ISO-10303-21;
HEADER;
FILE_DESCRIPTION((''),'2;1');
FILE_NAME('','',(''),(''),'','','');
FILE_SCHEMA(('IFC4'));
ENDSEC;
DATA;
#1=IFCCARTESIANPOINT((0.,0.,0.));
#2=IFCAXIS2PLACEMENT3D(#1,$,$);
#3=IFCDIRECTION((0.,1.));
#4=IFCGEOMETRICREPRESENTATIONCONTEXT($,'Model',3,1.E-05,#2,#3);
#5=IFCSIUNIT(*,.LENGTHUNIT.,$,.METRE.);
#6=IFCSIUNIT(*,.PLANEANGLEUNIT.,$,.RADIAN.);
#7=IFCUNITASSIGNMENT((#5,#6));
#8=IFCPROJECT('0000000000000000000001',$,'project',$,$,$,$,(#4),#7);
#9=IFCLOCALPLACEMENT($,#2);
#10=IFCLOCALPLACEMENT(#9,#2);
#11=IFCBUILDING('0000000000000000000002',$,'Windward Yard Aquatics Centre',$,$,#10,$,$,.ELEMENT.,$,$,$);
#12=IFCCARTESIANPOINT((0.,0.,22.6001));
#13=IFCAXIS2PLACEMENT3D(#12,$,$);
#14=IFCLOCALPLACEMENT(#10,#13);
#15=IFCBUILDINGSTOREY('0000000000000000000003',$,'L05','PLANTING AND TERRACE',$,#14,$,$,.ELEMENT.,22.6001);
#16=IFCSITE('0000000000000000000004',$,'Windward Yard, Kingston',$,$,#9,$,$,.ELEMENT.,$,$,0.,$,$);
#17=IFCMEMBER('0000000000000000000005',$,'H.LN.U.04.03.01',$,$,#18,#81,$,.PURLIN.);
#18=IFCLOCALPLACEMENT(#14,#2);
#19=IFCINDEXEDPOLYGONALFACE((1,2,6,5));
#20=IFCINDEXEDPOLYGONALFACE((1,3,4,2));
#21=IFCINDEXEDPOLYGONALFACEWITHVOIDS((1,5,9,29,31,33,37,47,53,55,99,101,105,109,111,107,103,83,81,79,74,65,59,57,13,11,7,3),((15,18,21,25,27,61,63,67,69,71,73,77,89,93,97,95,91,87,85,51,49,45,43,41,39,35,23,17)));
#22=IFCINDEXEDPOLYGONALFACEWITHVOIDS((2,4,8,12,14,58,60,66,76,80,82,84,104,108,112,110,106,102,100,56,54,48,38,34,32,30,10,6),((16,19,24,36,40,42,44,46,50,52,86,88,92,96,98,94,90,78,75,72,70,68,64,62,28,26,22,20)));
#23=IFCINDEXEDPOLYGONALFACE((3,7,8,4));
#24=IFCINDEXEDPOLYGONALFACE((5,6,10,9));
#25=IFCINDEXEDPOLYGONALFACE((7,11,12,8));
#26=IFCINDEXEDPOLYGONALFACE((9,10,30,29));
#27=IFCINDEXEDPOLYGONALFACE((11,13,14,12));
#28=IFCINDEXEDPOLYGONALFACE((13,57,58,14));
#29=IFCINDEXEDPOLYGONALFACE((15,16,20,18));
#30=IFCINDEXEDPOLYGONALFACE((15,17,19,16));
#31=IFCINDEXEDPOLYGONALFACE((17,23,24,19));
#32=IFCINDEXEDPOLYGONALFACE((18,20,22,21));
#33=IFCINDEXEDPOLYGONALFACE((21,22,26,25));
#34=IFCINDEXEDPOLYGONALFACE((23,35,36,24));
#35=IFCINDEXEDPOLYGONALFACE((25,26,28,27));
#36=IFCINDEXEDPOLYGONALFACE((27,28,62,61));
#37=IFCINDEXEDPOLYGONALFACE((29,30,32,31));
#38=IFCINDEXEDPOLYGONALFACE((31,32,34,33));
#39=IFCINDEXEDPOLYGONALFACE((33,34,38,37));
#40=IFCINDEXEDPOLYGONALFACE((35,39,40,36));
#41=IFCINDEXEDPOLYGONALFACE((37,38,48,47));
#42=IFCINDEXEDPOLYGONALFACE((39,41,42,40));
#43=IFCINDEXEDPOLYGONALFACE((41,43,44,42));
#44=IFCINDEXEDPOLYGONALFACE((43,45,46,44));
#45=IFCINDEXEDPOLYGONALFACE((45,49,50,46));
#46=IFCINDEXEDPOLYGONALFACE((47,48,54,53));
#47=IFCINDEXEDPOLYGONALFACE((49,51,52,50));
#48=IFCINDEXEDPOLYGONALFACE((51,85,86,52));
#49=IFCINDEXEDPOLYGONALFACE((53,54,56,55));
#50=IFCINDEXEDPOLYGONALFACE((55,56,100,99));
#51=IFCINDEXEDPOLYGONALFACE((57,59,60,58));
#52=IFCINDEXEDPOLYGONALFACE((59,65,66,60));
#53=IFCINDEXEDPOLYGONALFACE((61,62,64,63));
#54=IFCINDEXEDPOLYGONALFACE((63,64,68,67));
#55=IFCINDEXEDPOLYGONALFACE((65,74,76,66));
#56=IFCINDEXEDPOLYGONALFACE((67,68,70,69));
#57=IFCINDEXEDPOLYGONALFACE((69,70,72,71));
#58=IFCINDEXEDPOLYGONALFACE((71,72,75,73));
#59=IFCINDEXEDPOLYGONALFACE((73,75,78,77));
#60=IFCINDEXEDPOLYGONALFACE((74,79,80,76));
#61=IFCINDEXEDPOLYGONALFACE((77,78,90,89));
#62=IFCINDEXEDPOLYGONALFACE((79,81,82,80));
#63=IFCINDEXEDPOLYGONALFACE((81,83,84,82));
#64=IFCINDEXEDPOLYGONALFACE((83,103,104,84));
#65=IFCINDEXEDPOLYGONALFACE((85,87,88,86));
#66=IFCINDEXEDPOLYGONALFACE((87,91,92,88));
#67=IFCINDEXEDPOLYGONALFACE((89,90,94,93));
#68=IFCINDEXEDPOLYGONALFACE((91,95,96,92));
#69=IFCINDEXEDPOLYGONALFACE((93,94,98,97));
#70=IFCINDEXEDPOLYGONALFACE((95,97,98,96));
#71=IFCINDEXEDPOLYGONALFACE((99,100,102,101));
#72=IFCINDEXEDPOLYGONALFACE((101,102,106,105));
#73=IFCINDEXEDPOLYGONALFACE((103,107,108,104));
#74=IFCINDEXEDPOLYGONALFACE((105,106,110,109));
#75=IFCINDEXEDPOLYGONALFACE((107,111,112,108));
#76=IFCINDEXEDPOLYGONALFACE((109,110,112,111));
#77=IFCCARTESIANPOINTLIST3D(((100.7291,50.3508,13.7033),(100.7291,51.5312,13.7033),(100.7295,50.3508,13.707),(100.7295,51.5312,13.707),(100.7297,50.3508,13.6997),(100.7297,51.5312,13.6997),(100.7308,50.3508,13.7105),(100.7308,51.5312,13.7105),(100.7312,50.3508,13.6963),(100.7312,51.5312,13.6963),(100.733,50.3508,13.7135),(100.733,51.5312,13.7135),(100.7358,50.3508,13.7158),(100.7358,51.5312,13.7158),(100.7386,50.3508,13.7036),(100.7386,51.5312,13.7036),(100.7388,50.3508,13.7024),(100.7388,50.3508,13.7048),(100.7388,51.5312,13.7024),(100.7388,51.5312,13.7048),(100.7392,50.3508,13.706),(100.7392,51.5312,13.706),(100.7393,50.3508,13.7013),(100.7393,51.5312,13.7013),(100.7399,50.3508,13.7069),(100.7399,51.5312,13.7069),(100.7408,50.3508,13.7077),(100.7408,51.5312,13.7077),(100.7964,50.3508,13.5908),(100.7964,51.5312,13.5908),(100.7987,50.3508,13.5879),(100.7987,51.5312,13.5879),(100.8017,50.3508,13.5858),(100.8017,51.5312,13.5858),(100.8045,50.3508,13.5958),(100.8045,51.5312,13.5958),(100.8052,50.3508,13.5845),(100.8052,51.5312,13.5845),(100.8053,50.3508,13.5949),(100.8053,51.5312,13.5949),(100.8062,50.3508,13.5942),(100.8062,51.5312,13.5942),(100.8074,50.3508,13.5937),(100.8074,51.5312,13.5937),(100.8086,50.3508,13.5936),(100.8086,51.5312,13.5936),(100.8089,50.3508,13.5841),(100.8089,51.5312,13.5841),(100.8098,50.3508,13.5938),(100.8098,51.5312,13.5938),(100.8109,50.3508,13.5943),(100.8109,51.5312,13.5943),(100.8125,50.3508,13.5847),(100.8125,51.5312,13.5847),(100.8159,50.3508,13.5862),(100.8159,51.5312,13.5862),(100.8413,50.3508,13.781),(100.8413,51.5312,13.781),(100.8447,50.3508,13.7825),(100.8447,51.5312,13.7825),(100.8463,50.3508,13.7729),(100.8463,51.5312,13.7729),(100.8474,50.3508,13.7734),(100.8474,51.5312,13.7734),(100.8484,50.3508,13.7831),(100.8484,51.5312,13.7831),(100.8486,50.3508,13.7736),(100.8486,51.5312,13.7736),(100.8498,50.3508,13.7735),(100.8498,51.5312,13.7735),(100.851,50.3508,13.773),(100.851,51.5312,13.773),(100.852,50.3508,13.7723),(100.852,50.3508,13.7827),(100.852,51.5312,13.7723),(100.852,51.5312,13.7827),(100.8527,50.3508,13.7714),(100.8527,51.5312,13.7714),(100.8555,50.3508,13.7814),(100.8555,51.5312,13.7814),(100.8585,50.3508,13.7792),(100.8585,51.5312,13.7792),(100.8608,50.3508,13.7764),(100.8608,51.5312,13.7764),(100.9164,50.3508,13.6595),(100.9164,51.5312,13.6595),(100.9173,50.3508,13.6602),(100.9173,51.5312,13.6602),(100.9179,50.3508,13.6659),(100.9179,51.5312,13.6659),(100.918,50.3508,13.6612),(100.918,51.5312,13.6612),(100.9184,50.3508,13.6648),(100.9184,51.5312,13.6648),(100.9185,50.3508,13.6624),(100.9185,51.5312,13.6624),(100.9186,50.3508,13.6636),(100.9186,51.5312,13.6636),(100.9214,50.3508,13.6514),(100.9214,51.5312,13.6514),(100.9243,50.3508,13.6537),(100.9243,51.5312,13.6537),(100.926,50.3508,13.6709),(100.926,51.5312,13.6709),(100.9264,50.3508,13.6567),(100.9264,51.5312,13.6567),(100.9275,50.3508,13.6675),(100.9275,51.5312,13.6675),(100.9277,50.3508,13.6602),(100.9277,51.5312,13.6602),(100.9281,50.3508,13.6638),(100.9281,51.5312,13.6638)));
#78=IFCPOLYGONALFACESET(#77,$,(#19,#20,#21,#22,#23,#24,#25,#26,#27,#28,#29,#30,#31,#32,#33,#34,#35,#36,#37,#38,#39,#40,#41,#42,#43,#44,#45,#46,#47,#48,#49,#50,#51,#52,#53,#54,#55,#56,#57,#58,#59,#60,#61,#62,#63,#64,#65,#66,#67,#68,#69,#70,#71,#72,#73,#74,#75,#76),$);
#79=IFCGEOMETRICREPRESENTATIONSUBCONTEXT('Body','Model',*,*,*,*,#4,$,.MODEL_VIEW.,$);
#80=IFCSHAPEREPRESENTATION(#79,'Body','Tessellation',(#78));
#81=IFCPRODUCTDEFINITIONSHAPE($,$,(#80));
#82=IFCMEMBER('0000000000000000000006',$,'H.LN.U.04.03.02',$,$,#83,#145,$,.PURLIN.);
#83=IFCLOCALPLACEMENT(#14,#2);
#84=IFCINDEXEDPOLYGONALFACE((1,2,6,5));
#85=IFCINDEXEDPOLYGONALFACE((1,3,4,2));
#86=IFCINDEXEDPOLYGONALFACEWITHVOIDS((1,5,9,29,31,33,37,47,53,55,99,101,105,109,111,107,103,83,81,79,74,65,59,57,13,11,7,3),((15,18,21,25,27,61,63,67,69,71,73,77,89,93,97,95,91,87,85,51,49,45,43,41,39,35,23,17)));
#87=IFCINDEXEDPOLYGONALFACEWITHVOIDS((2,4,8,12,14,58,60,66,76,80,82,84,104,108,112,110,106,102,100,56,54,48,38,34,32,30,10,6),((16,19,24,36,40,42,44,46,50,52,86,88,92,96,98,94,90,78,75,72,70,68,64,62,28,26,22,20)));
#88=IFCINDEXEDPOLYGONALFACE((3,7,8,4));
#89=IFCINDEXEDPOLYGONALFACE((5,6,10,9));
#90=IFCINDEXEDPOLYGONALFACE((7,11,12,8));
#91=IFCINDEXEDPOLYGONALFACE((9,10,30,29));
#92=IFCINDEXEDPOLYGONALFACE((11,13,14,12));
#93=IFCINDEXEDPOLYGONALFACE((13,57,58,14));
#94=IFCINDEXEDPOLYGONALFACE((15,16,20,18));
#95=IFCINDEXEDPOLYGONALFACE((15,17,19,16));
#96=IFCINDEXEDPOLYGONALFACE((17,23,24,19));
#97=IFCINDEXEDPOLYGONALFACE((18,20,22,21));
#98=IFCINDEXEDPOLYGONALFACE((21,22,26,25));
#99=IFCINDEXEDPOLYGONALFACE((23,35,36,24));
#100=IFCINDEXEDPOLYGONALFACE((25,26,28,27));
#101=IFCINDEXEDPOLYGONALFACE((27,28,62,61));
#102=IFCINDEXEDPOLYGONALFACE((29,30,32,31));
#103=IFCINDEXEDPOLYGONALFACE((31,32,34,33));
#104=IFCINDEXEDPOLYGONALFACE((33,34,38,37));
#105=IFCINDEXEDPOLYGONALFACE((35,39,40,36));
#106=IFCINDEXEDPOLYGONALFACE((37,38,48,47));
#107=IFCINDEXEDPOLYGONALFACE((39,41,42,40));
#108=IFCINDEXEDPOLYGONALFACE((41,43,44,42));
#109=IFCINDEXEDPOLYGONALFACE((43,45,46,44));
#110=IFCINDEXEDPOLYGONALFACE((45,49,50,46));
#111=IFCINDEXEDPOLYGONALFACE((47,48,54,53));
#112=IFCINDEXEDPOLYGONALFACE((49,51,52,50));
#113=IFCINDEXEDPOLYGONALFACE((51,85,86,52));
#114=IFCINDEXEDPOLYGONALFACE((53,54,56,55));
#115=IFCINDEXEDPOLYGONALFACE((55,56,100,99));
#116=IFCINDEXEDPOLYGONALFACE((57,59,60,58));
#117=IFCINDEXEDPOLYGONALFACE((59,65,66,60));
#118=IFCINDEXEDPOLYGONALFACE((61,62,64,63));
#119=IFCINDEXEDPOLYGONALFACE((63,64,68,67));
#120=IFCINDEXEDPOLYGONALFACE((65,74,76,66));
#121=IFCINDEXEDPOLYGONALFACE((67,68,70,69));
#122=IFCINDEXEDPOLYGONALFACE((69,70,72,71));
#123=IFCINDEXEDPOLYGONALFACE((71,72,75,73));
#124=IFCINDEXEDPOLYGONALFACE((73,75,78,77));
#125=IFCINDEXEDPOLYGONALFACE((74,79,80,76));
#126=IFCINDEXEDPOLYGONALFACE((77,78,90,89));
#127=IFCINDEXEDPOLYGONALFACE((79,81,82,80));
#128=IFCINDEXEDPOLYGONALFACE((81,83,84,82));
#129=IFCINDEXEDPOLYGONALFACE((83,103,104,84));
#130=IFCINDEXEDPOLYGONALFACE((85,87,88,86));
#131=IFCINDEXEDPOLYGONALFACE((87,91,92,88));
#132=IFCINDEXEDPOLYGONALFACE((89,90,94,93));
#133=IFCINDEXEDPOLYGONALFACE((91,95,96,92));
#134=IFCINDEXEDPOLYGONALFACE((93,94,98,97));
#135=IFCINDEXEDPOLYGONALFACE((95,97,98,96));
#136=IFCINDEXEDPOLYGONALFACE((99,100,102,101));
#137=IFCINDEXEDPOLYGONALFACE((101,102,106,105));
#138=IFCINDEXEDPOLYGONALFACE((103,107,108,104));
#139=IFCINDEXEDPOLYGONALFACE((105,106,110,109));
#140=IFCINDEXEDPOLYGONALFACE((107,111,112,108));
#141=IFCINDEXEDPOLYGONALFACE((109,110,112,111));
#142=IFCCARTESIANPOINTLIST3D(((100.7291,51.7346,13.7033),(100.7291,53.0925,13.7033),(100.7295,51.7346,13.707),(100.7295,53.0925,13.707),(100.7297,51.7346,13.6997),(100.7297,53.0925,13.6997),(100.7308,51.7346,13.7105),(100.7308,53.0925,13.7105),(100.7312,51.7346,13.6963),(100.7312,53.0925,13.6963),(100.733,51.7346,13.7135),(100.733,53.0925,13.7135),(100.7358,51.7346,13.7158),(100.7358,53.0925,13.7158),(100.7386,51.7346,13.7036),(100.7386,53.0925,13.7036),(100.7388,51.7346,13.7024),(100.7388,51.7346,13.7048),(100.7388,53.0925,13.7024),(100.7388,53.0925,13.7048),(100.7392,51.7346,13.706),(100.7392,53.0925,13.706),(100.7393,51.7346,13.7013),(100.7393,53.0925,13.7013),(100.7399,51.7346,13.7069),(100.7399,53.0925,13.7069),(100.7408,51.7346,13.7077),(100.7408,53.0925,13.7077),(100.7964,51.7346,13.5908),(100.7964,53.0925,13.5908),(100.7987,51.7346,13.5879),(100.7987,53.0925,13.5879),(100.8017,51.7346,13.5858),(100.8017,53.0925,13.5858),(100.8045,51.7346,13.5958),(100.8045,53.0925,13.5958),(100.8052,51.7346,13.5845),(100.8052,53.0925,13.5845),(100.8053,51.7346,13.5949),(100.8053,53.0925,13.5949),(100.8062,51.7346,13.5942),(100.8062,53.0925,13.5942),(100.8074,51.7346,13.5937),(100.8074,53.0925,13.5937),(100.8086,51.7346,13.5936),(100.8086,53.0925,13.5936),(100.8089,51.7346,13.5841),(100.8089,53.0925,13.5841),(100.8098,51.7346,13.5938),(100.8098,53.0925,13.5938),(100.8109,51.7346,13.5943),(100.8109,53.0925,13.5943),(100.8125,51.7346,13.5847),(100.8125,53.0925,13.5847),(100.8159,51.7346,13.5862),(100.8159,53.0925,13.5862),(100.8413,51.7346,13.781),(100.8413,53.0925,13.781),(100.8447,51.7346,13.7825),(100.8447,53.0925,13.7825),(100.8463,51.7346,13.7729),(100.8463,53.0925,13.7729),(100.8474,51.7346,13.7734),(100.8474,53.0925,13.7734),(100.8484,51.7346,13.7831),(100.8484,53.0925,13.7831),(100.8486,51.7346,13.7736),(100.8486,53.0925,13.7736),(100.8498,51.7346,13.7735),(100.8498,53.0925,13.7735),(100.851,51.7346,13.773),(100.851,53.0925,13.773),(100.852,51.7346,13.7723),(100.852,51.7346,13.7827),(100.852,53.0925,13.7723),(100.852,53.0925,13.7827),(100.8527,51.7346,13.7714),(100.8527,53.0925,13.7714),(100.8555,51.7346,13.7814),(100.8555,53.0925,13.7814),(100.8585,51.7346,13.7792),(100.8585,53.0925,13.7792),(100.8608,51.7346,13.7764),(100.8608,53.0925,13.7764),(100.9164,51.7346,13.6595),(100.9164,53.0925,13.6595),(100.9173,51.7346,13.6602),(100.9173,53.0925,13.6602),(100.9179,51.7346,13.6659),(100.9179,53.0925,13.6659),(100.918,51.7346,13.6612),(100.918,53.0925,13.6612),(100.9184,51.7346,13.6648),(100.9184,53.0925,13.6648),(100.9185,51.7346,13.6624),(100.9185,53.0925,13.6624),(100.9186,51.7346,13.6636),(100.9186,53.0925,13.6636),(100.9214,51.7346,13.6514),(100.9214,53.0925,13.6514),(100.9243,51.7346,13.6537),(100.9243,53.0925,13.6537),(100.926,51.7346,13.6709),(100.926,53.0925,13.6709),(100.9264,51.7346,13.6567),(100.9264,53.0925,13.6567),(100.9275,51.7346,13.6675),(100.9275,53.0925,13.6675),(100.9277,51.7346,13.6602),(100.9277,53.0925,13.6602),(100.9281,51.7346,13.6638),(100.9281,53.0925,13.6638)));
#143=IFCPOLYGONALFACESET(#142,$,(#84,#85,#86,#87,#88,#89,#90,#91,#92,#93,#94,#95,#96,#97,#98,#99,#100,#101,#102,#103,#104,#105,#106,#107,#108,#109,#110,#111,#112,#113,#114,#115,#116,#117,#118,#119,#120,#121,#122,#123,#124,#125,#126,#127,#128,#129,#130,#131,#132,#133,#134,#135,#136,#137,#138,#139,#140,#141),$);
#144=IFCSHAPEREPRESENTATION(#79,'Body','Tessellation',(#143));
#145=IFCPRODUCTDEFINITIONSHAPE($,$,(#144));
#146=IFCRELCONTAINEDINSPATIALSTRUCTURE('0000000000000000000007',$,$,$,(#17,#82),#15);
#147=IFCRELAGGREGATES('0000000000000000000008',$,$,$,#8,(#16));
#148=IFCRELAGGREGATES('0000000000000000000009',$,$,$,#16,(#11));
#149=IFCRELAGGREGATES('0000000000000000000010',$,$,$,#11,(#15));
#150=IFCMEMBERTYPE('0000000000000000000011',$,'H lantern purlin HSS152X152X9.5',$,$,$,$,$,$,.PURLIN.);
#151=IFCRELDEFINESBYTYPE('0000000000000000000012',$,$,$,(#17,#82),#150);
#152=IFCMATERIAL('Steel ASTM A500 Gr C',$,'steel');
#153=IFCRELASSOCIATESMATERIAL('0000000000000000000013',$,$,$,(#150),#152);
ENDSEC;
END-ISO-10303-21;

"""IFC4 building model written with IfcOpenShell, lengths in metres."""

from ifc_helpers import new_model, si_unit, direction, frame, origin, origin_2d, place, context, subcontext, project, spatial, hollow_rectangle, extrude, material, material_profile, profile_set, type_object, element, save


model = new_model("IFC4")

# Units and contexts
model_context = context("Model", 3, precision=1e-05, world=origin(), true_north=direction((0.0, 1.0)))
body_context = subcontext(model_context, "Body", "Model", "MODEL_VIEW")
ifc_project = project(units=[si_unit("LENGTHUNIT", "METRE"), si_unit("PLANEANGLEUNIT", "RADIAN")], contexts=[model_context])

# Site, building, storey
site_placement = place(None, origin())
site = spatial("IfcSite", under=ifc_project, at=site_placement, Name="Windward Yard, Kingston", CompositionType="ELEMENT", RefElevation=0.0)
building_placement = place(site_placement, origin())
building = spatial("IfcBuilding", under=site, at=building_placement, Name="Windward Yard Aquatics Centre", CompositionType="ELEMENT")
storey_placement = place(building_placement, frame((0.0, 0.0, 22.6001)))
storey = spatial("IfcBuildingStorey", under=building, at=storey_placement, Name="L05", Description="PLANTING AND TERRACE", CompositionType="ELEMENT", Elevation=22.6001)

# Members
ifc_material_1 = material(Name="Steel ASTM A500 Gr C", Category="steel")
ifc_material_profile = material_profile(ifc_material_1, hollow_rectangle(XDim=0.1523, YDim=0.1523, WallThickness=0.0095, InnerFilletRadius=0.0046, OuterFilletRadius=0.0142, at=origin_2d()), Name="HSS152X152X9.5")
ifc_profile_set = profile_set([ifc_material_profile], Name="Steel ASTM A500 Gr C")
member_type = type_object("IfcMemberType", Name="H lantern purlin HSS152X152X9.5", PredefinedType="PURLIN", material=ifc_profile_set)
member_1_placement = place(storey_placement, frame((100.8286, 50.3508, 13.6836), z_axis=(0.0, 1.0, 0.0), x_axis=(-0.850755, 0.0, -0.525562)))
element("IfcMember", 1, at=member_1_placement, inside=storey, type_object=member_type, Name="H.LN.U.04.03.01", PredefinedType="PURLIN", context=body_context, shape_type="SweptSolid", body=[
    extrude(hollow_rectangle(XDim=0.1523, YDim=0.1523, WallThickness=0.0095, InnerFilletRadius=0.0046, OuterFilletRadius=0.0142, at=origin_2d()), origin(), (0.0, 0.0, 1.0), 1.1804),
])
member_2_placement = place(storey_placement, frame((100.8286, 51.7346, 13.6836), z_axis=(0.0, 1.0, 0.0), x_axis=(-0.850755, 0.0, -0.525562)))
element("IfcMember", 2, at=member_2_placement, inside=storey, type_object=member_type, Name="H.LN.U.04.03.02", PredefinedType="PURLIN", context=body_context, shape_type="SweptSolid", body=[
    extrude(hollow_rectangle(XDim=0.1523, YDim=0.1523, WallThickness=0.0095, InnerFilletRadius=0.0046, OuterFilletRadius=0.0142, at=origin_2d()), origin(), (0.0, 0.0, 1.0), 1.3579),
])

save(model, "model.ifc")
